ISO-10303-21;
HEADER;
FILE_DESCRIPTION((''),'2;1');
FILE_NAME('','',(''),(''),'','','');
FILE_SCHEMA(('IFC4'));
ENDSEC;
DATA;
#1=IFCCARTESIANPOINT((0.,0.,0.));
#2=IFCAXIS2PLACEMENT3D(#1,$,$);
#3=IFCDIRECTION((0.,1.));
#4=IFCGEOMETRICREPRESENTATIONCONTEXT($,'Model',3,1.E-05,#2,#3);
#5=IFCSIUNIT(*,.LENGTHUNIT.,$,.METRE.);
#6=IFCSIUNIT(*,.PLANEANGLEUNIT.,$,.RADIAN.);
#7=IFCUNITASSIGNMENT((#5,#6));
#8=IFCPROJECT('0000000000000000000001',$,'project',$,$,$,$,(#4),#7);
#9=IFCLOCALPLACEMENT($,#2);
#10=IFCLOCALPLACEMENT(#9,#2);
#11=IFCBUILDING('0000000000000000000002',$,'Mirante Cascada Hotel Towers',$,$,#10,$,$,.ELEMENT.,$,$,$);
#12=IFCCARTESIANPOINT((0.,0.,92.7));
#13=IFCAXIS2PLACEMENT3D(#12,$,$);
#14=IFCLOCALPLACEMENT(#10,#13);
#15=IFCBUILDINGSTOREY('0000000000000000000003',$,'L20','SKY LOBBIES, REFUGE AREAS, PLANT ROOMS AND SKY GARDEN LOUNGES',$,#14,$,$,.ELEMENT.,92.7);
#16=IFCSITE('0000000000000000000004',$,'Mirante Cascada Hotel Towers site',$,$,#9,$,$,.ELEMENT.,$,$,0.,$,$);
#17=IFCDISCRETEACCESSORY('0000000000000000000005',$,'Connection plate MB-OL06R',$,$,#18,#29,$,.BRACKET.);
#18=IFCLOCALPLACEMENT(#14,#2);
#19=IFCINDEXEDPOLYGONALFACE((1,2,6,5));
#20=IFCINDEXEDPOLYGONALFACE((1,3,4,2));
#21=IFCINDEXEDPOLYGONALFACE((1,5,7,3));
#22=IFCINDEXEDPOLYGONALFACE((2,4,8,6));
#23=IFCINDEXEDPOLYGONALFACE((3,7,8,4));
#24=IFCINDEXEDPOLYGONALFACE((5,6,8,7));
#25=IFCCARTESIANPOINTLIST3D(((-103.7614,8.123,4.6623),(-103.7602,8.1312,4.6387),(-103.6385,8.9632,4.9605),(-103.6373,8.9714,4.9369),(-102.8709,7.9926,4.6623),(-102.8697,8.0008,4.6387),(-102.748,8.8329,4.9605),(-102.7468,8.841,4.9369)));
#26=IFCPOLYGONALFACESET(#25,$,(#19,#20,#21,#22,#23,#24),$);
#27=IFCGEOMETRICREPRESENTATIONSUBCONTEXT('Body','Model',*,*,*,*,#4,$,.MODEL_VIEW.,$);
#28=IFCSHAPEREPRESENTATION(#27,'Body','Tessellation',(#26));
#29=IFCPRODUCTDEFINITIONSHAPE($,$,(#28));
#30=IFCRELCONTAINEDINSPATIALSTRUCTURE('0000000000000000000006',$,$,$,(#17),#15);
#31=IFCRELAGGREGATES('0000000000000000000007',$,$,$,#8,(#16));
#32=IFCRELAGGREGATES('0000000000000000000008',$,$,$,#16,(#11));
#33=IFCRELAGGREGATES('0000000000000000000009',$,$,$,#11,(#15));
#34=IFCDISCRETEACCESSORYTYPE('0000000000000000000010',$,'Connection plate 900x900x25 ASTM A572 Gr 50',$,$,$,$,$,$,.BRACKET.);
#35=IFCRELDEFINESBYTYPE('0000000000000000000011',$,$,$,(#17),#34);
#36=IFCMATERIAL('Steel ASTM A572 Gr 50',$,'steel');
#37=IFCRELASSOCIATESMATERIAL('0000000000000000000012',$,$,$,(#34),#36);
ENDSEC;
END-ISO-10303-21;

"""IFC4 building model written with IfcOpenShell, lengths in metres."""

from ifc_helpers import new_model, si_unit, direction, frame, origin, origin_2d, place, context, subcontext, project, spatial, rectangle, extrude, material, material_profile, profile_set, type_object, element, save


model = new_model("IFC4")

# Units and contexts
model_context = context("Model", 3, precision=1e-05, world=origin(), true_north=direction((0.0, 1.0)))
body_context = subcontext(model_context, "Body", "Model", "MODEL_VIEW")
ifc_project = project(units=[si_unit("LENGTHUNIT", "METRE"), si_unit("PLANEANGLEUNIT", "RADIAN")], contexts=[model_context])

# Site, building, storey
site_placement = place(None, origin())
site = spatial("IfcSite", under=ifc_project, at=site_placement, Name="Mirante Cascada Hotel Towers site", CompositionType="ELEMENT", RefElevation=0.0)
building_placement = place(site_placement, origin())
building = spatial("IfcBuilding", under=site, at=building_placement, Name="Mirante Cascada Hotel Towers", CompositionType="ELEMENT")
storey_placement = place(building_placement, frame((0.0, 0.0, 92.7)))
storey = spatial("IfcBuildingStorey", under=building, at=storey_placement, Name="L20", Description="SKY LOBBIES, REFUGE AREAS, PLANT ROOMS AND SKY GARDEN LOUNGES", CompositionType="ELEMENT", Elevation=92.7)

# Discrete accessory
ifc_material_1 = material(Name="Steel ASTM A572 Gr 50", Category="steel")
ifc_material_profile_1 = material_profile(ifc_material_1, rectangle(XDim=0.9, YDim=0.9, at=origin_2d()), Name="Connection plate 900x900x25 ASTM A572 Gr 50")
ifc_profile_set_1 = profile_set([ifc_material_profile_1], Name="Steel ASTM A572 Gr 50")
discrete_accessory_type_1 = type_object("IfcDiscreteAccessoryType", Name="Connection plate 900x900x25 ASTM A572 Gr 50", PredefinedType="BRACKET", material=ifc_profile_set_1)
for number, where, z_axis, x_axis, name in (
    (1, (-103.2535, 8.4861, 4.7878), (-0.047975, -0.327832, 0.943517), (0.989461, -0.144799, 0.0), "Connection plate MB-OL06R"),
):
    element("IfcDiscreteAccessory", number, at=place(storey_placement, frame(where, z_axis=z_axis, x_axis=x_axis)), inside=storey, type_object=discrete_accessory_type_1, Name=name, PredefinedType="BRACKET", context=body_context, shape_type="SweptSolid", body=[
        extrude(rectangle(XDim=0.9, YDim=0.9, at=origin_2d()), origin(), (0.0, 0.0, 1.0), 0.025),
    ])

save(model, "model.ifc")
